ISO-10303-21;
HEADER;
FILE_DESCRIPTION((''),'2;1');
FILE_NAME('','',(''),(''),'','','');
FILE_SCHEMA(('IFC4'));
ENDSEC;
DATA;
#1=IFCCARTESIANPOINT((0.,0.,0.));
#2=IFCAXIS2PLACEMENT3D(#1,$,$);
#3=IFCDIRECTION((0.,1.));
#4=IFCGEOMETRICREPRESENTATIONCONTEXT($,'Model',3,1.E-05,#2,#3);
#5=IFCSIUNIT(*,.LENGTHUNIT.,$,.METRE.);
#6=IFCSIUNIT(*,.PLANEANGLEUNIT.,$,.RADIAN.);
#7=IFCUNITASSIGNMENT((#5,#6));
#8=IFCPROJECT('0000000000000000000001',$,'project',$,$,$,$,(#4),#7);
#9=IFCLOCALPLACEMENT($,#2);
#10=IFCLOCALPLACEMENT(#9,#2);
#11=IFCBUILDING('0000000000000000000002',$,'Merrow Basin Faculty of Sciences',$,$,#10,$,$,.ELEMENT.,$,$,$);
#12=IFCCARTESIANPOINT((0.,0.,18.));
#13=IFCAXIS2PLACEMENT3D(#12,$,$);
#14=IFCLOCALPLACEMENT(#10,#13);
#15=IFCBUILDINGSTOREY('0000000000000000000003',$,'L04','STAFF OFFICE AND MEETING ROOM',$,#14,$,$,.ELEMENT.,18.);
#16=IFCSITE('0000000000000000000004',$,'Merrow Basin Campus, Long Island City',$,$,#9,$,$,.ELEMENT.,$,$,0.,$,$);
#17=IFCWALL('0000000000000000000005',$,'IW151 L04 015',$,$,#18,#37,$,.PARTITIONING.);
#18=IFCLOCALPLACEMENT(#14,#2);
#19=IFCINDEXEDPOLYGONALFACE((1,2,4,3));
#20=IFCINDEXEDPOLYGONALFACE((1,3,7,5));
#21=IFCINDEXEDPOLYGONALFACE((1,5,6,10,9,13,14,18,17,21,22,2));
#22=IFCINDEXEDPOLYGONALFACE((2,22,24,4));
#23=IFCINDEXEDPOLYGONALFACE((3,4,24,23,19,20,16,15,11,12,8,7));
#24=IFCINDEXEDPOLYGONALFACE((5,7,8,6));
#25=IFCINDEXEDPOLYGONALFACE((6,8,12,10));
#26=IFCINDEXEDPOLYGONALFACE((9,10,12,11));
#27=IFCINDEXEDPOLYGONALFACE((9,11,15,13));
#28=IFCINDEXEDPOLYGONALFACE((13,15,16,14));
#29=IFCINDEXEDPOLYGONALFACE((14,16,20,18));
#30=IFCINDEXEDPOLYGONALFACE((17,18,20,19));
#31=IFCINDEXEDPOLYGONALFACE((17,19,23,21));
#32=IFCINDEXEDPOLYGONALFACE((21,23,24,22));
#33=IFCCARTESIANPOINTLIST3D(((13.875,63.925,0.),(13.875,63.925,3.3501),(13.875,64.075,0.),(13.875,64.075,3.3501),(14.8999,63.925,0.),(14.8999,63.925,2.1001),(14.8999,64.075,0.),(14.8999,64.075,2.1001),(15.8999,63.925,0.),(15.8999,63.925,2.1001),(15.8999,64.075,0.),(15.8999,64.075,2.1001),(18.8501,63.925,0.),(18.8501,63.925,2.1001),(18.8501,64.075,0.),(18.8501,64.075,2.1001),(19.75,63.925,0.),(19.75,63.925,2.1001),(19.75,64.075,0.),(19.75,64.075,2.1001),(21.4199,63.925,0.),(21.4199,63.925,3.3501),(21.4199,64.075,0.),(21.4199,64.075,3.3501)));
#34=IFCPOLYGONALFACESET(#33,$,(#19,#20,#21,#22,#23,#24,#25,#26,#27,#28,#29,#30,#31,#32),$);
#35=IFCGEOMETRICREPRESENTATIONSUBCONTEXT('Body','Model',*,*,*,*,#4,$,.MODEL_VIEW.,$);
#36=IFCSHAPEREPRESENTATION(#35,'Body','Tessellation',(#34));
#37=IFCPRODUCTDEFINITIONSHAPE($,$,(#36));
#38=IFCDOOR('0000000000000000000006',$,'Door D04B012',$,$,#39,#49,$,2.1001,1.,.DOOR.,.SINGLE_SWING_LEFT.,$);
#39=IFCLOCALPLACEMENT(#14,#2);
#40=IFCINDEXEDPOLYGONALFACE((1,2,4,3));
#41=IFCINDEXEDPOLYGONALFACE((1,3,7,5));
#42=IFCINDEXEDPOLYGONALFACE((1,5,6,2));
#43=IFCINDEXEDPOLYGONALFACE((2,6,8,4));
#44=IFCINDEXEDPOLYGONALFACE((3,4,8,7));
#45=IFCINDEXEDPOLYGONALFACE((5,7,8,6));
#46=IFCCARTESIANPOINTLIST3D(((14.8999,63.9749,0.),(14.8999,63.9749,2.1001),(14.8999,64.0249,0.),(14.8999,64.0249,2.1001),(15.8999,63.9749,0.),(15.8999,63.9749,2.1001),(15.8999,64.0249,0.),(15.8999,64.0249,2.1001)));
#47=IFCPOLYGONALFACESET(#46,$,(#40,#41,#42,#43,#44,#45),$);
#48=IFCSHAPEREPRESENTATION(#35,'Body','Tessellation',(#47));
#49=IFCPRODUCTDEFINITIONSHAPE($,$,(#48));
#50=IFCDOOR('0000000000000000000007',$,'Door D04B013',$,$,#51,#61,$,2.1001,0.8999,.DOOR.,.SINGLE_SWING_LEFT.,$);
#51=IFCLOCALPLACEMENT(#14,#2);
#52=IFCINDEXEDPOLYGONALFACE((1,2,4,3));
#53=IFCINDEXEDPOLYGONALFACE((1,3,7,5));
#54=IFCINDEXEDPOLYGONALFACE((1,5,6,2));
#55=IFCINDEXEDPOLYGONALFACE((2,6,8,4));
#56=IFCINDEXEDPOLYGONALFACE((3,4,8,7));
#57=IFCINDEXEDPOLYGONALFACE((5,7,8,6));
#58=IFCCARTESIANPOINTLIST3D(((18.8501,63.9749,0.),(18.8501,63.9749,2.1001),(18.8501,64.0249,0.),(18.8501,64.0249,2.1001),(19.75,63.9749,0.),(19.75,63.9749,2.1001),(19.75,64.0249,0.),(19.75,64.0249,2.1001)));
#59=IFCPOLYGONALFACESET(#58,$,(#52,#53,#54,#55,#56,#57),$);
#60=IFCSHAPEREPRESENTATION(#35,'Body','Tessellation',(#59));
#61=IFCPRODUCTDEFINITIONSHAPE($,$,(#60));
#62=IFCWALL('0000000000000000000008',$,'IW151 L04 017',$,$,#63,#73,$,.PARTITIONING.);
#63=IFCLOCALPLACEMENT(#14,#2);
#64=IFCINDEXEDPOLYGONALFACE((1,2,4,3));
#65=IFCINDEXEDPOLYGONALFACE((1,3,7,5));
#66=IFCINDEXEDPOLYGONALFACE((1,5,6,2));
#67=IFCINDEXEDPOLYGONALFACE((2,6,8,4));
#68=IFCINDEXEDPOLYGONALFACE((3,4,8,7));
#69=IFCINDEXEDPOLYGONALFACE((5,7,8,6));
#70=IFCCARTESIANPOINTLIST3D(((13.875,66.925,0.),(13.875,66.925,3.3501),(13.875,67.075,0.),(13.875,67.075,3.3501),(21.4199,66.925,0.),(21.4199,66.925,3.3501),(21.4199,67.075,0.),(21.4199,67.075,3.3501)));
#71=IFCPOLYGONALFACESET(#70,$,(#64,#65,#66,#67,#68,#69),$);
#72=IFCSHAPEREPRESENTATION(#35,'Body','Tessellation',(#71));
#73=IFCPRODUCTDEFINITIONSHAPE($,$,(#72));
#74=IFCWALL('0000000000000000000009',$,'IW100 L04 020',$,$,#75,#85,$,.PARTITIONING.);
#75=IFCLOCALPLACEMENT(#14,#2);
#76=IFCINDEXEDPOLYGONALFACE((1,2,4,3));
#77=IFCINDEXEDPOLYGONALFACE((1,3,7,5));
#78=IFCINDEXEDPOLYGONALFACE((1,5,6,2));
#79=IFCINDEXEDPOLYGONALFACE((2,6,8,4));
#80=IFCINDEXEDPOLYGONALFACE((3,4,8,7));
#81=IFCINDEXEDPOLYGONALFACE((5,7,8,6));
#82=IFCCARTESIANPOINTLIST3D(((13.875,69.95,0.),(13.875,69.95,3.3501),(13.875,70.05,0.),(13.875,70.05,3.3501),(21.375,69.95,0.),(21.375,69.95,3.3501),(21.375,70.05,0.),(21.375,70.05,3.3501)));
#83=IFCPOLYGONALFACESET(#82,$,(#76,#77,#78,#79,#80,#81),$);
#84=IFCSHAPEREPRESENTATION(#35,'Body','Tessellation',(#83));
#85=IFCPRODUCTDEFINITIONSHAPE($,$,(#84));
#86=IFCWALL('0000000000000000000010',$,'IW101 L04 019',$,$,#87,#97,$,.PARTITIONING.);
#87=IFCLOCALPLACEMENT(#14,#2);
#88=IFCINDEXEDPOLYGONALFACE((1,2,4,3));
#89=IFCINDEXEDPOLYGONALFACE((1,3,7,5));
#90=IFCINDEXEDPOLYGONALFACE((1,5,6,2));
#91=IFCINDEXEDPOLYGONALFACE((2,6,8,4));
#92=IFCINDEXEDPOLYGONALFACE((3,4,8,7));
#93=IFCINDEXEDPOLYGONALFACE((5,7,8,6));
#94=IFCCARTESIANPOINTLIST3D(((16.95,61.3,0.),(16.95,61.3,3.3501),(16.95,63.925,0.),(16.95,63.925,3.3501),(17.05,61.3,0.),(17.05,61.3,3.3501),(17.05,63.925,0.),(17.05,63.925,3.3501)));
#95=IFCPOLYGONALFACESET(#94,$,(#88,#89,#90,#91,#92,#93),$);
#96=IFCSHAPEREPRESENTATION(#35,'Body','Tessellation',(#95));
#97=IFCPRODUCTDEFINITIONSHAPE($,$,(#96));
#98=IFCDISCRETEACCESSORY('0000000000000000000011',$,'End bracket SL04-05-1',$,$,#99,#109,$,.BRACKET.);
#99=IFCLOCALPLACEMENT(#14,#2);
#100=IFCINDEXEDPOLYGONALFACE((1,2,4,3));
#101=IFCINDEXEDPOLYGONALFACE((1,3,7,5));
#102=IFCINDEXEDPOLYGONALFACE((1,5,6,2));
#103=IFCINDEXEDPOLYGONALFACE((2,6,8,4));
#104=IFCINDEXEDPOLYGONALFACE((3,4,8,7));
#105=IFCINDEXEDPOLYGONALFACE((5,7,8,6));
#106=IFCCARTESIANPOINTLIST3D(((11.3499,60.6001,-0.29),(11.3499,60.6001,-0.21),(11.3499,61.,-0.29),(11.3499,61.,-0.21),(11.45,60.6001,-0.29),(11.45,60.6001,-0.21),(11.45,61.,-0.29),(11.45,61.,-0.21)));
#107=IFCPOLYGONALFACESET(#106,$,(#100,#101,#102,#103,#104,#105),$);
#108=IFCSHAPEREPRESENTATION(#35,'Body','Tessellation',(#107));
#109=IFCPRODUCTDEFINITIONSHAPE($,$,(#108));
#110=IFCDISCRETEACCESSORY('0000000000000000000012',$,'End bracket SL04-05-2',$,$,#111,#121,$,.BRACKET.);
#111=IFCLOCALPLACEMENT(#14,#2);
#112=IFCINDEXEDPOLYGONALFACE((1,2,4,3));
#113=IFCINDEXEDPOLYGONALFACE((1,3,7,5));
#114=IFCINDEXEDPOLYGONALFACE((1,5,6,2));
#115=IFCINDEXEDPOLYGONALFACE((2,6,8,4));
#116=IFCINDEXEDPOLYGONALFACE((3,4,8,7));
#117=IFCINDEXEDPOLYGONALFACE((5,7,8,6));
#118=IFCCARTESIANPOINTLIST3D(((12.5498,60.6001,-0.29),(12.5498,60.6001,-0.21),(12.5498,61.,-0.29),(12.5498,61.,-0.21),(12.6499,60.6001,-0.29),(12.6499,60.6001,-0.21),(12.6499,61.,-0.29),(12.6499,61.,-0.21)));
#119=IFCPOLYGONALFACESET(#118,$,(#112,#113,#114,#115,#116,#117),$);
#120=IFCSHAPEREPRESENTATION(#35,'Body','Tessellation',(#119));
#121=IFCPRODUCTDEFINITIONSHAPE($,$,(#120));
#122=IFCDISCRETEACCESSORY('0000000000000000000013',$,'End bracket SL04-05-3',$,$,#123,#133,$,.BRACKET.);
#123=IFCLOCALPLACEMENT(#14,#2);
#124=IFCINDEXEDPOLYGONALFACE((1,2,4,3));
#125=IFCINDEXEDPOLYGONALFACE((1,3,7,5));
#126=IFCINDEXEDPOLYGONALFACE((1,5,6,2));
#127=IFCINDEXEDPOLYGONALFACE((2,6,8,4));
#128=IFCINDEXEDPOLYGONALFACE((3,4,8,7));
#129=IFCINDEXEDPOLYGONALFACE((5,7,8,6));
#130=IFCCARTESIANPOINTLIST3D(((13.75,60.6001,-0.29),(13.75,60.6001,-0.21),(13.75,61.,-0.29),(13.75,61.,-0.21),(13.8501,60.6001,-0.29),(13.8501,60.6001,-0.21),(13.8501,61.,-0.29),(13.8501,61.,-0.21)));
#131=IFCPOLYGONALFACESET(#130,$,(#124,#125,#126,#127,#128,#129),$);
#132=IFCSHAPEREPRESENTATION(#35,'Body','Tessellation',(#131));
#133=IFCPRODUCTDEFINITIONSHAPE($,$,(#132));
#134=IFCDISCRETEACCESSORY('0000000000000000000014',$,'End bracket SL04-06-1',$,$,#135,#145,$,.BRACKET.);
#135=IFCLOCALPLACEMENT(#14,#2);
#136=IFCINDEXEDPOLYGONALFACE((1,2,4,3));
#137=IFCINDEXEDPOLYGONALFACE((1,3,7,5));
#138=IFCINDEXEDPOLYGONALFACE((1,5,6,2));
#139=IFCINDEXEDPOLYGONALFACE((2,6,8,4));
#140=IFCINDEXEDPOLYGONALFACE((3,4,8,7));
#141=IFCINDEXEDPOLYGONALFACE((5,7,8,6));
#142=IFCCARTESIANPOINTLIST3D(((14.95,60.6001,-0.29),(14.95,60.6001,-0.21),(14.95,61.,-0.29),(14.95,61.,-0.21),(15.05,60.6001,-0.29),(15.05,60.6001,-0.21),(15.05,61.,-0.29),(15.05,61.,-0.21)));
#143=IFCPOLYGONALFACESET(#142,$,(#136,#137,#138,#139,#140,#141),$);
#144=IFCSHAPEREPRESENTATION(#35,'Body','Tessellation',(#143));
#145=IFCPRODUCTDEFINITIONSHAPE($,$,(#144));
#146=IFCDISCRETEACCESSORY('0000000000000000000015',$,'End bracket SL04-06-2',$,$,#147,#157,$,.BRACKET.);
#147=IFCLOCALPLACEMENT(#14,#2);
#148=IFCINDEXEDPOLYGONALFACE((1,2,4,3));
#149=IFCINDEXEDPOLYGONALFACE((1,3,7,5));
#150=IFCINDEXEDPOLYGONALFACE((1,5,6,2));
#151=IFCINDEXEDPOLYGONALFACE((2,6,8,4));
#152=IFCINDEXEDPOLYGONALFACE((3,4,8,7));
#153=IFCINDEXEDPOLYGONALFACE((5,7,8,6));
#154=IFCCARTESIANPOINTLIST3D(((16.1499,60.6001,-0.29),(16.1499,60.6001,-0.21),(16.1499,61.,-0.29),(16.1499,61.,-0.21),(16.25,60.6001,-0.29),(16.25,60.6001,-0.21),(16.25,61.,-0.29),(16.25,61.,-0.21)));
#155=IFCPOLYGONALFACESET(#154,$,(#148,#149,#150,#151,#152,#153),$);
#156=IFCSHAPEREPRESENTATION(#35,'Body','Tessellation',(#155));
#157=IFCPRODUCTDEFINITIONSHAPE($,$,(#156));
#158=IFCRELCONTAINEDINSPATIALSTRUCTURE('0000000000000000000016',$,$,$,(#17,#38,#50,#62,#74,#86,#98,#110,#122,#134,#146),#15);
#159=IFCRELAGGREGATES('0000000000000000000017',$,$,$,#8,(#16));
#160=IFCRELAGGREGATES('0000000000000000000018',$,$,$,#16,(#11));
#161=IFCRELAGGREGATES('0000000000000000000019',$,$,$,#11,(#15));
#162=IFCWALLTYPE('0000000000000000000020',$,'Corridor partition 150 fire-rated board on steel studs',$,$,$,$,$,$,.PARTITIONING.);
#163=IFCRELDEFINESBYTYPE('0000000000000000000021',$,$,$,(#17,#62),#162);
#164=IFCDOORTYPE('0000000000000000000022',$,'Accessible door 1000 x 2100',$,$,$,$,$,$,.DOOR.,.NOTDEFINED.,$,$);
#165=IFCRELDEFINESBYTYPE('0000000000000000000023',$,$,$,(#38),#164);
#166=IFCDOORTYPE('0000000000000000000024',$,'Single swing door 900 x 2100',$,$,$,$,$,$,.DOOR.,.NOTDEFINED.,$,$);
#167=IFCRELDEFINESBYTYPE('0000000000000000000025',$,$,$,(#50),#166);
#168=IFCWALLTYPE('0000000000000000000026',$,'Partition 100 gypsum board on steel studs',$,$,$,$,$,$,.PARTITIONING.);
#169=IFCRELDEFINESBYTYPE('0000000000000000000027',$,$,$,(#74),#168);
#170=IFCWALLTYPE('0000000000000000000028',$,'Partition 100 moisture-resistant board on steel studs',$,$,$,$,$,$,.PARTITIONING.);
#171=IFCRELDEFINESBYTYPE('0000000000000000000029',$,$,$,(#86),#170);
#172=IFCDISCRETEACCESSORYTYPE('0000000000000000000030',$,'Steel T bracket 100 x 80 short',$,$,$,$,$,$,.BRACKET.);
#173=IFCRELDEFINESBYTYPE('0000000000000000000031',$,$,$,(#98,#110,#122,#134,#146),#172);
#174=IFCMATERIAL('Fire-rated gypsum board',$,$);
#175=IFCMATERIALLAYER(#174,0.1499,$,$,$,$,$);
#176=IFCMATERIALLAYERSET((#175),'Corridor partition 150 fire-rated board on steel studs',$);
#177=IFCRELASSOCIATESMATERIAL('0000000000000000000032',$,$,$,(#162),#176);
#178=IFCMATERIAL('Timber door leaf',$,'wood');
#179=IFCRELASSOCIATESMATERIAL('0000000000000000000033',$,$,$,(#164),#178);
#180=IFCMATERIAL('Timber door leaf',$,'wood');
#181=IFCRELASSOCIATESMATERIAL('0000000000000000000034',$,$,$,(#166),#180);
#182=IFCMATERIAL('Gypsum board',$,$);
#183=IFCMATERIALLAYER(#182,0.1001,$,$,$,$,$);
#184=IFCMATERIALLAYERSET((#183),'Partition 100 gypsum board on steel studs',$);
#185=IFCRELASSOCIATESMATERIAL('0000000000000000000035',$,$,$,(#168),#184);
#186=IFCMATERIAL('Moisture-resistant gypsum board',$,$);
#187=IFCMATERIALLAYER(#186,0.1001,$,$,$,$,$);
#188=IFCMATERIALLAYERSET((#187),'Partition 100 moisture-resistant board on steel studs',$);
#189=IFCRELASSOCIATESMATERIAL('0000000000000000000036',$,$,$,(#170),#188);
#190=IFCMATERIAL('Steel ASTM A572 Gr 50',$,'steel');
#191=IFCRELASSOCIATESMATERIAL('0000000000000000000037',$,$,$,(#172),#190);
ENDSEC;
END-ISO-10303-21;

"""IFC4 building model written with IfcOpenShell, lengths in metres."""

from ifc_helpers import new_model, si_unit, direction, frame, frame_2d, origin, place, context, subcontext, project, spatial, polyline, rectangle, outline, extrude, source, transform, mapped, material, layer, layer_set, type_object, element, fill, save


model = new_model("IFC4")

# Units and contexts
model_context = context("Model", 3, precision=1e-05, world=origin(), true_north=direction((0.0, 1.0)))
body_context = subcontext(model_context, "Body", "Model", "MODEL_VIEW")
ifc_project = project(units=[si_unit("LENGTHUNIT", "METRE"), si_unit("PLANEANGLEUNIT", "RADIAN")], contexts=[model_context])

# Site, building, storey
site_placement = place(None, origin())
site = spatial("IfcSite", under=ifc_project, at=site_placement, Name="Merrow Basin Campus, Long Island City", CompositionType="ELEMENT", RefElevation=0.0)
building_placement = place(site_placement, origin())
building = spatial("IfcBuilding", under=site, at=building_placement, Name="Merrow Basin Faculty of Sciences", CompositionType="ELEMENT")
storey_placement = place(building_placement, frame((0.0, 0.0, 18.0)))
storey = spatial("IfcBuildingStorey", under=building, at=storey_placement, Name="L04", Description="STAFF OFFICE AND MEETING ROOM", CompositionType="ELEMENT", Elevation=18.0)

# Wall, openings, doors
ifc_material_1 = material(Name="Fire-rated gypsum board")
ifc_layer_1 = layer(ifc_material_1, 0.1499)
ifc_layer_set_1 = layer_set([ifc_layer_1], Name="Corridor partition 150 fire-rated board on steel studs")
wall_type_1 = type_object("IfcWallType", Name="Corridor partition 150 fire-rated board on steel studs", PredefinedType="PARTITIONING", material=ifc_layer_set_1)
wall_1_placement = place(storey_placement, frame((13.875, 64.0, 0.0), z_axis=(0.0, 0.0, 1.0), x_axis=(1.0, 0.0, 0.0)))
wall_1 = element("IfcWall", 1, at=wall_1_placement, inside=storey, type_object=wall_type_1, Name="IW151 L04 015", PredefinedType="PARTITIONING", context=body_context, shape_type="SweptSolid", body=[
    extrude(rectangle(XDim=7.5449, YDim=0.1499, at=frame_2d((3.7725, 0.0))), origin(), (0.0, 0.0, 1.0), 3.3501),
])
opening_1_placement = place(wall_1_placement, frame((1.0249, 0.0, 0.0)))
opening_1 = element("IfcOpeningElement", 2, at=opening_1_placement, cuts=wall_1, PredefinedType="OPENING", context=body_context, shape_type="SweptSolid", body=[
    extrude(rectangle(XDim=1.0, YDim=2.1001, at=frame_2d((0.5, 1.05))), frame((0.0, 0.085, 0.0), z_axis=(0.0, -1.0, 0.0), x_axis=(1.0, 0.0, 0.0)), (0.0, 0.0, 1.0), 0.1699),
])
opening_2_placement = place(wall_1_placement, frame((4.9751, 0.0, 0.0)))
opening_2 = element("IfcOpeningElement", 3, at=opening_2_placement, cuts=wall_1, PredefinedType="OPENING", context=body_context, shape_type="SweptSolid", body=[
    extrude(rectangle(XDim=0.8999, YDim=2.1001, at=frame_2d((0.45, 1.05))), frame((0.0, 0.085, 0.0), z_axis=(0.0, -1.0, 0.0), x_axis=(1.0, 0.0, 0.0)), (0.0, 0.0, 1.0), 0.1699),
])
ifc_material_2 = material(Name="Timber door leaf", Category="wood")
door_type_1 = type_object("IfcDoorType", Name="Accessible door 1000 x 2100", OperationType="NOTDEFINED", PredefinedType="DOOR", material=ifc_material_2)
door_1_placement = place(opening_1_placement, origin())
door_1 = element("IfcDoor", 4, at=door_1_placement, inside=storey, type_object=door_type_1, Name="Door D04B012", OperationType="SINGLE_SWING_LEFT", OverallHeight=2.1001, OverallWidth=1.0, PredefinedType="DOOR", context=body_context, shape_type="SweptSolid", body=[
    extrude(rectangle(XDim=1.0, YDim=2.1001, at=frame_2d((0.5, 1.05))), frame((0.0, 0.0249, 0.0), z_axis=(0.0, -1.0, 0.0), x_axis=(1.0, 0.0, 0.0)), (0.0, 0.0, 1.0), 0.05),
])
fill(opening_1, door_1)
ifc_material_3 = material(Name="Timber door leaf", Category="wood")
door_type_2 = type_object("IfcDoorType", Name="Single swing door 900 x 2100", OperationType="NOTDEFINED", PredefinedType="DOOR", material=ifc_material_3)
door_2_placement = place(opening_2_placement, origin())
door_2 = element("IfcDoor", 5, at=door_2_placement, inside=storey, type_object=door_type_2, Name="Door D04B013", OperationType="SINGLE_SWING_LEFT", OverallHeight=2.1001, OverallWidth=0.8999, PredefinedType="DOOR", context=body_context, shape_type="SweptSolid", body=[
    extrude(rectangle(XDim=0.8999, YDim=2.1001, at=frame_2d((0.45, 1.05))), frame((0.0, 0.0249, 0.0), z_axis=(0.0, -1.0, 0.0), x_axis=(1.0, 0.0, 0.0)), (0.0, 0.0, 1.0), 0.05),
])
fill(opening_2, door_2)

# Walls
wall_2_placement = place(storey_placement, frame((13.875, 67.0, 0.0), z_axis=(0.0, 0.0, 1.0), x_axis=(1.0, 0.0, 0.0)))
element("IfcWall", 6, at=wall_2_placement, inside=storey, type_object=wall_type_1, Name="IW151 L04 017", PredefinedType="PARTITIONING", context=body_context, shape_type="SweptSolid", body=[
    extrude(rectangle(XDim=7.5449, YDim=0.1499, at=frame_2d((3.7725, 0.0))), origin(), (0.0, 0.0, 1.0), 3.3501),
])
ifc_material_4 = material(Name="Gypsum board")
ifc_layer_2 = layer(ifc_material_4, 0.1001)
ifc_layer_set_2 = layer_set([ifc_layer_2], Name="Partition 100 gypsum board on steel studs")
wall_type_2 = type_object("IfcWallType", Name="Partition 100 gypsum board on steel studs", PredefinedType="PARTITIONING", material=ifc_layer_set_2)
wall_3_placement = place(storey_placement, frame((13.875, 70.0, 0.0), z_axis=(0.0, 0.0, 1.0), x_axis=(1.0, 0.0, 0.0)))
element("IfcWall", 7, at=wall_3_placement, inside=storey, type_object=wall_type_2, Name="IW100 L04 020", PredefinedType="PARTITIONING", context=body_context, shape_type="SweptSolid", body=[
    extrude(rectangle(XDim=7.5, YDim=0.1001, at=frame_2d((3.75, 0.0))), origin(), (0.0, 0.0, 1.0), 3.3501),
])
ifc_material_5 = material(Name="Moisture-resistant gypsum board")
ifc_layer_3 = layer(ifc_material_5, 0.1001)
ifc_layer_set_3 = layer_set([ifc_layer_3], Name="Partition 100 moisture-resistant board on steel studs")
wall_type_3 = type_object("IfcWallType", Name="Partition 100 moisture-resistant board on steel studs", PredefinedType="PARTITIONING", material=ifc_layer_set_3)
wall_4_placement = place(storey_placement, frame((17.0, 61.3, 0.0), z_axis=(0.0, 0.0, 1.0), x_axis=(0.0, 1.0, 0.0)))
element("IfcWall", 8, at=wall_4_placement, inside=storey, type_object=wall_type_3, Name="IW101 L04 019", PredefinedType="PARTITIONING", context=body_context, shape_type="SweptSolid", body=[
    extrude(rectangle(XDim=2.625, YDim=0.1001, at=frame_2d((1.3125, 0.0))), origin(), (0.0, 0.0, 1.0), 3.3501),
])

# Discrete accessories
ifc_material_6 = material(Name="Steel ASTM A572 Gr 50", Category="steel")
discrete_accessory_type = type_object("IfcDiscreteAccessoryType", Name="Steel T bracket 100 x 80 short", PredefinedType="BRACKET", material=ifc_material_6)
shared_shape_1 = source(origin(), body_context, "Body", "SweptSolid", [
    extrude(outline(polyline([(0.0, 0.0), (0.1001, 0.0), (0.1001, 0.0801), (0.0, 0.0801), (0.0, 0.0)])), origin(), (0.0, 0.0, 1.0), 0.3999),
])
for number, where, z_axis, x_axis, name in (
    (9, (11.45, 60.6001, -0.29), (0.0, 1.0, 0.0), (-1.0, 0.0, 0.0), "End bracket SL04-05-1"),
    (10, (12.6499, 60.6001, -0.29), (0.0, 1.0, 0.0), (-1.0, 0.0, 0.0), "End bracket SL04-05-2"),
    (11, (13.8501, 60.6001, -0.29), (0.0, 1.0, 0.0), (-1.0, 0.0, 0.0), "End bracket SL04-05-3"),
    (12, (15.05, 60.6001, -0.29), (0.0, 1.0, 0.0), (-1.0, 0.0, 0.0), "End bracket SL04-06-1"),
    (13, (16.25, 60.6001, -0.29), (0.0, 1.0, 0.0), (-1.0, 0.0, 0.0), "End bracket SL04-06-2"),
):
    element("IfcDiscreteAccessory", number, at=place(storey_placement, frame(where, z_axis=z_axis, x_axis=x_axis)), inside=storey, type_object=discrete_accessory_type, Name=name, PredefinedType="BRACKET", context=body_context, shape_type="MappedRepresentation", body=[
        mapped(shared_shape_1, transform((0.0, 0.0, 0.0), scale=1.0)),
    ])

save(model, "model.ifc")
